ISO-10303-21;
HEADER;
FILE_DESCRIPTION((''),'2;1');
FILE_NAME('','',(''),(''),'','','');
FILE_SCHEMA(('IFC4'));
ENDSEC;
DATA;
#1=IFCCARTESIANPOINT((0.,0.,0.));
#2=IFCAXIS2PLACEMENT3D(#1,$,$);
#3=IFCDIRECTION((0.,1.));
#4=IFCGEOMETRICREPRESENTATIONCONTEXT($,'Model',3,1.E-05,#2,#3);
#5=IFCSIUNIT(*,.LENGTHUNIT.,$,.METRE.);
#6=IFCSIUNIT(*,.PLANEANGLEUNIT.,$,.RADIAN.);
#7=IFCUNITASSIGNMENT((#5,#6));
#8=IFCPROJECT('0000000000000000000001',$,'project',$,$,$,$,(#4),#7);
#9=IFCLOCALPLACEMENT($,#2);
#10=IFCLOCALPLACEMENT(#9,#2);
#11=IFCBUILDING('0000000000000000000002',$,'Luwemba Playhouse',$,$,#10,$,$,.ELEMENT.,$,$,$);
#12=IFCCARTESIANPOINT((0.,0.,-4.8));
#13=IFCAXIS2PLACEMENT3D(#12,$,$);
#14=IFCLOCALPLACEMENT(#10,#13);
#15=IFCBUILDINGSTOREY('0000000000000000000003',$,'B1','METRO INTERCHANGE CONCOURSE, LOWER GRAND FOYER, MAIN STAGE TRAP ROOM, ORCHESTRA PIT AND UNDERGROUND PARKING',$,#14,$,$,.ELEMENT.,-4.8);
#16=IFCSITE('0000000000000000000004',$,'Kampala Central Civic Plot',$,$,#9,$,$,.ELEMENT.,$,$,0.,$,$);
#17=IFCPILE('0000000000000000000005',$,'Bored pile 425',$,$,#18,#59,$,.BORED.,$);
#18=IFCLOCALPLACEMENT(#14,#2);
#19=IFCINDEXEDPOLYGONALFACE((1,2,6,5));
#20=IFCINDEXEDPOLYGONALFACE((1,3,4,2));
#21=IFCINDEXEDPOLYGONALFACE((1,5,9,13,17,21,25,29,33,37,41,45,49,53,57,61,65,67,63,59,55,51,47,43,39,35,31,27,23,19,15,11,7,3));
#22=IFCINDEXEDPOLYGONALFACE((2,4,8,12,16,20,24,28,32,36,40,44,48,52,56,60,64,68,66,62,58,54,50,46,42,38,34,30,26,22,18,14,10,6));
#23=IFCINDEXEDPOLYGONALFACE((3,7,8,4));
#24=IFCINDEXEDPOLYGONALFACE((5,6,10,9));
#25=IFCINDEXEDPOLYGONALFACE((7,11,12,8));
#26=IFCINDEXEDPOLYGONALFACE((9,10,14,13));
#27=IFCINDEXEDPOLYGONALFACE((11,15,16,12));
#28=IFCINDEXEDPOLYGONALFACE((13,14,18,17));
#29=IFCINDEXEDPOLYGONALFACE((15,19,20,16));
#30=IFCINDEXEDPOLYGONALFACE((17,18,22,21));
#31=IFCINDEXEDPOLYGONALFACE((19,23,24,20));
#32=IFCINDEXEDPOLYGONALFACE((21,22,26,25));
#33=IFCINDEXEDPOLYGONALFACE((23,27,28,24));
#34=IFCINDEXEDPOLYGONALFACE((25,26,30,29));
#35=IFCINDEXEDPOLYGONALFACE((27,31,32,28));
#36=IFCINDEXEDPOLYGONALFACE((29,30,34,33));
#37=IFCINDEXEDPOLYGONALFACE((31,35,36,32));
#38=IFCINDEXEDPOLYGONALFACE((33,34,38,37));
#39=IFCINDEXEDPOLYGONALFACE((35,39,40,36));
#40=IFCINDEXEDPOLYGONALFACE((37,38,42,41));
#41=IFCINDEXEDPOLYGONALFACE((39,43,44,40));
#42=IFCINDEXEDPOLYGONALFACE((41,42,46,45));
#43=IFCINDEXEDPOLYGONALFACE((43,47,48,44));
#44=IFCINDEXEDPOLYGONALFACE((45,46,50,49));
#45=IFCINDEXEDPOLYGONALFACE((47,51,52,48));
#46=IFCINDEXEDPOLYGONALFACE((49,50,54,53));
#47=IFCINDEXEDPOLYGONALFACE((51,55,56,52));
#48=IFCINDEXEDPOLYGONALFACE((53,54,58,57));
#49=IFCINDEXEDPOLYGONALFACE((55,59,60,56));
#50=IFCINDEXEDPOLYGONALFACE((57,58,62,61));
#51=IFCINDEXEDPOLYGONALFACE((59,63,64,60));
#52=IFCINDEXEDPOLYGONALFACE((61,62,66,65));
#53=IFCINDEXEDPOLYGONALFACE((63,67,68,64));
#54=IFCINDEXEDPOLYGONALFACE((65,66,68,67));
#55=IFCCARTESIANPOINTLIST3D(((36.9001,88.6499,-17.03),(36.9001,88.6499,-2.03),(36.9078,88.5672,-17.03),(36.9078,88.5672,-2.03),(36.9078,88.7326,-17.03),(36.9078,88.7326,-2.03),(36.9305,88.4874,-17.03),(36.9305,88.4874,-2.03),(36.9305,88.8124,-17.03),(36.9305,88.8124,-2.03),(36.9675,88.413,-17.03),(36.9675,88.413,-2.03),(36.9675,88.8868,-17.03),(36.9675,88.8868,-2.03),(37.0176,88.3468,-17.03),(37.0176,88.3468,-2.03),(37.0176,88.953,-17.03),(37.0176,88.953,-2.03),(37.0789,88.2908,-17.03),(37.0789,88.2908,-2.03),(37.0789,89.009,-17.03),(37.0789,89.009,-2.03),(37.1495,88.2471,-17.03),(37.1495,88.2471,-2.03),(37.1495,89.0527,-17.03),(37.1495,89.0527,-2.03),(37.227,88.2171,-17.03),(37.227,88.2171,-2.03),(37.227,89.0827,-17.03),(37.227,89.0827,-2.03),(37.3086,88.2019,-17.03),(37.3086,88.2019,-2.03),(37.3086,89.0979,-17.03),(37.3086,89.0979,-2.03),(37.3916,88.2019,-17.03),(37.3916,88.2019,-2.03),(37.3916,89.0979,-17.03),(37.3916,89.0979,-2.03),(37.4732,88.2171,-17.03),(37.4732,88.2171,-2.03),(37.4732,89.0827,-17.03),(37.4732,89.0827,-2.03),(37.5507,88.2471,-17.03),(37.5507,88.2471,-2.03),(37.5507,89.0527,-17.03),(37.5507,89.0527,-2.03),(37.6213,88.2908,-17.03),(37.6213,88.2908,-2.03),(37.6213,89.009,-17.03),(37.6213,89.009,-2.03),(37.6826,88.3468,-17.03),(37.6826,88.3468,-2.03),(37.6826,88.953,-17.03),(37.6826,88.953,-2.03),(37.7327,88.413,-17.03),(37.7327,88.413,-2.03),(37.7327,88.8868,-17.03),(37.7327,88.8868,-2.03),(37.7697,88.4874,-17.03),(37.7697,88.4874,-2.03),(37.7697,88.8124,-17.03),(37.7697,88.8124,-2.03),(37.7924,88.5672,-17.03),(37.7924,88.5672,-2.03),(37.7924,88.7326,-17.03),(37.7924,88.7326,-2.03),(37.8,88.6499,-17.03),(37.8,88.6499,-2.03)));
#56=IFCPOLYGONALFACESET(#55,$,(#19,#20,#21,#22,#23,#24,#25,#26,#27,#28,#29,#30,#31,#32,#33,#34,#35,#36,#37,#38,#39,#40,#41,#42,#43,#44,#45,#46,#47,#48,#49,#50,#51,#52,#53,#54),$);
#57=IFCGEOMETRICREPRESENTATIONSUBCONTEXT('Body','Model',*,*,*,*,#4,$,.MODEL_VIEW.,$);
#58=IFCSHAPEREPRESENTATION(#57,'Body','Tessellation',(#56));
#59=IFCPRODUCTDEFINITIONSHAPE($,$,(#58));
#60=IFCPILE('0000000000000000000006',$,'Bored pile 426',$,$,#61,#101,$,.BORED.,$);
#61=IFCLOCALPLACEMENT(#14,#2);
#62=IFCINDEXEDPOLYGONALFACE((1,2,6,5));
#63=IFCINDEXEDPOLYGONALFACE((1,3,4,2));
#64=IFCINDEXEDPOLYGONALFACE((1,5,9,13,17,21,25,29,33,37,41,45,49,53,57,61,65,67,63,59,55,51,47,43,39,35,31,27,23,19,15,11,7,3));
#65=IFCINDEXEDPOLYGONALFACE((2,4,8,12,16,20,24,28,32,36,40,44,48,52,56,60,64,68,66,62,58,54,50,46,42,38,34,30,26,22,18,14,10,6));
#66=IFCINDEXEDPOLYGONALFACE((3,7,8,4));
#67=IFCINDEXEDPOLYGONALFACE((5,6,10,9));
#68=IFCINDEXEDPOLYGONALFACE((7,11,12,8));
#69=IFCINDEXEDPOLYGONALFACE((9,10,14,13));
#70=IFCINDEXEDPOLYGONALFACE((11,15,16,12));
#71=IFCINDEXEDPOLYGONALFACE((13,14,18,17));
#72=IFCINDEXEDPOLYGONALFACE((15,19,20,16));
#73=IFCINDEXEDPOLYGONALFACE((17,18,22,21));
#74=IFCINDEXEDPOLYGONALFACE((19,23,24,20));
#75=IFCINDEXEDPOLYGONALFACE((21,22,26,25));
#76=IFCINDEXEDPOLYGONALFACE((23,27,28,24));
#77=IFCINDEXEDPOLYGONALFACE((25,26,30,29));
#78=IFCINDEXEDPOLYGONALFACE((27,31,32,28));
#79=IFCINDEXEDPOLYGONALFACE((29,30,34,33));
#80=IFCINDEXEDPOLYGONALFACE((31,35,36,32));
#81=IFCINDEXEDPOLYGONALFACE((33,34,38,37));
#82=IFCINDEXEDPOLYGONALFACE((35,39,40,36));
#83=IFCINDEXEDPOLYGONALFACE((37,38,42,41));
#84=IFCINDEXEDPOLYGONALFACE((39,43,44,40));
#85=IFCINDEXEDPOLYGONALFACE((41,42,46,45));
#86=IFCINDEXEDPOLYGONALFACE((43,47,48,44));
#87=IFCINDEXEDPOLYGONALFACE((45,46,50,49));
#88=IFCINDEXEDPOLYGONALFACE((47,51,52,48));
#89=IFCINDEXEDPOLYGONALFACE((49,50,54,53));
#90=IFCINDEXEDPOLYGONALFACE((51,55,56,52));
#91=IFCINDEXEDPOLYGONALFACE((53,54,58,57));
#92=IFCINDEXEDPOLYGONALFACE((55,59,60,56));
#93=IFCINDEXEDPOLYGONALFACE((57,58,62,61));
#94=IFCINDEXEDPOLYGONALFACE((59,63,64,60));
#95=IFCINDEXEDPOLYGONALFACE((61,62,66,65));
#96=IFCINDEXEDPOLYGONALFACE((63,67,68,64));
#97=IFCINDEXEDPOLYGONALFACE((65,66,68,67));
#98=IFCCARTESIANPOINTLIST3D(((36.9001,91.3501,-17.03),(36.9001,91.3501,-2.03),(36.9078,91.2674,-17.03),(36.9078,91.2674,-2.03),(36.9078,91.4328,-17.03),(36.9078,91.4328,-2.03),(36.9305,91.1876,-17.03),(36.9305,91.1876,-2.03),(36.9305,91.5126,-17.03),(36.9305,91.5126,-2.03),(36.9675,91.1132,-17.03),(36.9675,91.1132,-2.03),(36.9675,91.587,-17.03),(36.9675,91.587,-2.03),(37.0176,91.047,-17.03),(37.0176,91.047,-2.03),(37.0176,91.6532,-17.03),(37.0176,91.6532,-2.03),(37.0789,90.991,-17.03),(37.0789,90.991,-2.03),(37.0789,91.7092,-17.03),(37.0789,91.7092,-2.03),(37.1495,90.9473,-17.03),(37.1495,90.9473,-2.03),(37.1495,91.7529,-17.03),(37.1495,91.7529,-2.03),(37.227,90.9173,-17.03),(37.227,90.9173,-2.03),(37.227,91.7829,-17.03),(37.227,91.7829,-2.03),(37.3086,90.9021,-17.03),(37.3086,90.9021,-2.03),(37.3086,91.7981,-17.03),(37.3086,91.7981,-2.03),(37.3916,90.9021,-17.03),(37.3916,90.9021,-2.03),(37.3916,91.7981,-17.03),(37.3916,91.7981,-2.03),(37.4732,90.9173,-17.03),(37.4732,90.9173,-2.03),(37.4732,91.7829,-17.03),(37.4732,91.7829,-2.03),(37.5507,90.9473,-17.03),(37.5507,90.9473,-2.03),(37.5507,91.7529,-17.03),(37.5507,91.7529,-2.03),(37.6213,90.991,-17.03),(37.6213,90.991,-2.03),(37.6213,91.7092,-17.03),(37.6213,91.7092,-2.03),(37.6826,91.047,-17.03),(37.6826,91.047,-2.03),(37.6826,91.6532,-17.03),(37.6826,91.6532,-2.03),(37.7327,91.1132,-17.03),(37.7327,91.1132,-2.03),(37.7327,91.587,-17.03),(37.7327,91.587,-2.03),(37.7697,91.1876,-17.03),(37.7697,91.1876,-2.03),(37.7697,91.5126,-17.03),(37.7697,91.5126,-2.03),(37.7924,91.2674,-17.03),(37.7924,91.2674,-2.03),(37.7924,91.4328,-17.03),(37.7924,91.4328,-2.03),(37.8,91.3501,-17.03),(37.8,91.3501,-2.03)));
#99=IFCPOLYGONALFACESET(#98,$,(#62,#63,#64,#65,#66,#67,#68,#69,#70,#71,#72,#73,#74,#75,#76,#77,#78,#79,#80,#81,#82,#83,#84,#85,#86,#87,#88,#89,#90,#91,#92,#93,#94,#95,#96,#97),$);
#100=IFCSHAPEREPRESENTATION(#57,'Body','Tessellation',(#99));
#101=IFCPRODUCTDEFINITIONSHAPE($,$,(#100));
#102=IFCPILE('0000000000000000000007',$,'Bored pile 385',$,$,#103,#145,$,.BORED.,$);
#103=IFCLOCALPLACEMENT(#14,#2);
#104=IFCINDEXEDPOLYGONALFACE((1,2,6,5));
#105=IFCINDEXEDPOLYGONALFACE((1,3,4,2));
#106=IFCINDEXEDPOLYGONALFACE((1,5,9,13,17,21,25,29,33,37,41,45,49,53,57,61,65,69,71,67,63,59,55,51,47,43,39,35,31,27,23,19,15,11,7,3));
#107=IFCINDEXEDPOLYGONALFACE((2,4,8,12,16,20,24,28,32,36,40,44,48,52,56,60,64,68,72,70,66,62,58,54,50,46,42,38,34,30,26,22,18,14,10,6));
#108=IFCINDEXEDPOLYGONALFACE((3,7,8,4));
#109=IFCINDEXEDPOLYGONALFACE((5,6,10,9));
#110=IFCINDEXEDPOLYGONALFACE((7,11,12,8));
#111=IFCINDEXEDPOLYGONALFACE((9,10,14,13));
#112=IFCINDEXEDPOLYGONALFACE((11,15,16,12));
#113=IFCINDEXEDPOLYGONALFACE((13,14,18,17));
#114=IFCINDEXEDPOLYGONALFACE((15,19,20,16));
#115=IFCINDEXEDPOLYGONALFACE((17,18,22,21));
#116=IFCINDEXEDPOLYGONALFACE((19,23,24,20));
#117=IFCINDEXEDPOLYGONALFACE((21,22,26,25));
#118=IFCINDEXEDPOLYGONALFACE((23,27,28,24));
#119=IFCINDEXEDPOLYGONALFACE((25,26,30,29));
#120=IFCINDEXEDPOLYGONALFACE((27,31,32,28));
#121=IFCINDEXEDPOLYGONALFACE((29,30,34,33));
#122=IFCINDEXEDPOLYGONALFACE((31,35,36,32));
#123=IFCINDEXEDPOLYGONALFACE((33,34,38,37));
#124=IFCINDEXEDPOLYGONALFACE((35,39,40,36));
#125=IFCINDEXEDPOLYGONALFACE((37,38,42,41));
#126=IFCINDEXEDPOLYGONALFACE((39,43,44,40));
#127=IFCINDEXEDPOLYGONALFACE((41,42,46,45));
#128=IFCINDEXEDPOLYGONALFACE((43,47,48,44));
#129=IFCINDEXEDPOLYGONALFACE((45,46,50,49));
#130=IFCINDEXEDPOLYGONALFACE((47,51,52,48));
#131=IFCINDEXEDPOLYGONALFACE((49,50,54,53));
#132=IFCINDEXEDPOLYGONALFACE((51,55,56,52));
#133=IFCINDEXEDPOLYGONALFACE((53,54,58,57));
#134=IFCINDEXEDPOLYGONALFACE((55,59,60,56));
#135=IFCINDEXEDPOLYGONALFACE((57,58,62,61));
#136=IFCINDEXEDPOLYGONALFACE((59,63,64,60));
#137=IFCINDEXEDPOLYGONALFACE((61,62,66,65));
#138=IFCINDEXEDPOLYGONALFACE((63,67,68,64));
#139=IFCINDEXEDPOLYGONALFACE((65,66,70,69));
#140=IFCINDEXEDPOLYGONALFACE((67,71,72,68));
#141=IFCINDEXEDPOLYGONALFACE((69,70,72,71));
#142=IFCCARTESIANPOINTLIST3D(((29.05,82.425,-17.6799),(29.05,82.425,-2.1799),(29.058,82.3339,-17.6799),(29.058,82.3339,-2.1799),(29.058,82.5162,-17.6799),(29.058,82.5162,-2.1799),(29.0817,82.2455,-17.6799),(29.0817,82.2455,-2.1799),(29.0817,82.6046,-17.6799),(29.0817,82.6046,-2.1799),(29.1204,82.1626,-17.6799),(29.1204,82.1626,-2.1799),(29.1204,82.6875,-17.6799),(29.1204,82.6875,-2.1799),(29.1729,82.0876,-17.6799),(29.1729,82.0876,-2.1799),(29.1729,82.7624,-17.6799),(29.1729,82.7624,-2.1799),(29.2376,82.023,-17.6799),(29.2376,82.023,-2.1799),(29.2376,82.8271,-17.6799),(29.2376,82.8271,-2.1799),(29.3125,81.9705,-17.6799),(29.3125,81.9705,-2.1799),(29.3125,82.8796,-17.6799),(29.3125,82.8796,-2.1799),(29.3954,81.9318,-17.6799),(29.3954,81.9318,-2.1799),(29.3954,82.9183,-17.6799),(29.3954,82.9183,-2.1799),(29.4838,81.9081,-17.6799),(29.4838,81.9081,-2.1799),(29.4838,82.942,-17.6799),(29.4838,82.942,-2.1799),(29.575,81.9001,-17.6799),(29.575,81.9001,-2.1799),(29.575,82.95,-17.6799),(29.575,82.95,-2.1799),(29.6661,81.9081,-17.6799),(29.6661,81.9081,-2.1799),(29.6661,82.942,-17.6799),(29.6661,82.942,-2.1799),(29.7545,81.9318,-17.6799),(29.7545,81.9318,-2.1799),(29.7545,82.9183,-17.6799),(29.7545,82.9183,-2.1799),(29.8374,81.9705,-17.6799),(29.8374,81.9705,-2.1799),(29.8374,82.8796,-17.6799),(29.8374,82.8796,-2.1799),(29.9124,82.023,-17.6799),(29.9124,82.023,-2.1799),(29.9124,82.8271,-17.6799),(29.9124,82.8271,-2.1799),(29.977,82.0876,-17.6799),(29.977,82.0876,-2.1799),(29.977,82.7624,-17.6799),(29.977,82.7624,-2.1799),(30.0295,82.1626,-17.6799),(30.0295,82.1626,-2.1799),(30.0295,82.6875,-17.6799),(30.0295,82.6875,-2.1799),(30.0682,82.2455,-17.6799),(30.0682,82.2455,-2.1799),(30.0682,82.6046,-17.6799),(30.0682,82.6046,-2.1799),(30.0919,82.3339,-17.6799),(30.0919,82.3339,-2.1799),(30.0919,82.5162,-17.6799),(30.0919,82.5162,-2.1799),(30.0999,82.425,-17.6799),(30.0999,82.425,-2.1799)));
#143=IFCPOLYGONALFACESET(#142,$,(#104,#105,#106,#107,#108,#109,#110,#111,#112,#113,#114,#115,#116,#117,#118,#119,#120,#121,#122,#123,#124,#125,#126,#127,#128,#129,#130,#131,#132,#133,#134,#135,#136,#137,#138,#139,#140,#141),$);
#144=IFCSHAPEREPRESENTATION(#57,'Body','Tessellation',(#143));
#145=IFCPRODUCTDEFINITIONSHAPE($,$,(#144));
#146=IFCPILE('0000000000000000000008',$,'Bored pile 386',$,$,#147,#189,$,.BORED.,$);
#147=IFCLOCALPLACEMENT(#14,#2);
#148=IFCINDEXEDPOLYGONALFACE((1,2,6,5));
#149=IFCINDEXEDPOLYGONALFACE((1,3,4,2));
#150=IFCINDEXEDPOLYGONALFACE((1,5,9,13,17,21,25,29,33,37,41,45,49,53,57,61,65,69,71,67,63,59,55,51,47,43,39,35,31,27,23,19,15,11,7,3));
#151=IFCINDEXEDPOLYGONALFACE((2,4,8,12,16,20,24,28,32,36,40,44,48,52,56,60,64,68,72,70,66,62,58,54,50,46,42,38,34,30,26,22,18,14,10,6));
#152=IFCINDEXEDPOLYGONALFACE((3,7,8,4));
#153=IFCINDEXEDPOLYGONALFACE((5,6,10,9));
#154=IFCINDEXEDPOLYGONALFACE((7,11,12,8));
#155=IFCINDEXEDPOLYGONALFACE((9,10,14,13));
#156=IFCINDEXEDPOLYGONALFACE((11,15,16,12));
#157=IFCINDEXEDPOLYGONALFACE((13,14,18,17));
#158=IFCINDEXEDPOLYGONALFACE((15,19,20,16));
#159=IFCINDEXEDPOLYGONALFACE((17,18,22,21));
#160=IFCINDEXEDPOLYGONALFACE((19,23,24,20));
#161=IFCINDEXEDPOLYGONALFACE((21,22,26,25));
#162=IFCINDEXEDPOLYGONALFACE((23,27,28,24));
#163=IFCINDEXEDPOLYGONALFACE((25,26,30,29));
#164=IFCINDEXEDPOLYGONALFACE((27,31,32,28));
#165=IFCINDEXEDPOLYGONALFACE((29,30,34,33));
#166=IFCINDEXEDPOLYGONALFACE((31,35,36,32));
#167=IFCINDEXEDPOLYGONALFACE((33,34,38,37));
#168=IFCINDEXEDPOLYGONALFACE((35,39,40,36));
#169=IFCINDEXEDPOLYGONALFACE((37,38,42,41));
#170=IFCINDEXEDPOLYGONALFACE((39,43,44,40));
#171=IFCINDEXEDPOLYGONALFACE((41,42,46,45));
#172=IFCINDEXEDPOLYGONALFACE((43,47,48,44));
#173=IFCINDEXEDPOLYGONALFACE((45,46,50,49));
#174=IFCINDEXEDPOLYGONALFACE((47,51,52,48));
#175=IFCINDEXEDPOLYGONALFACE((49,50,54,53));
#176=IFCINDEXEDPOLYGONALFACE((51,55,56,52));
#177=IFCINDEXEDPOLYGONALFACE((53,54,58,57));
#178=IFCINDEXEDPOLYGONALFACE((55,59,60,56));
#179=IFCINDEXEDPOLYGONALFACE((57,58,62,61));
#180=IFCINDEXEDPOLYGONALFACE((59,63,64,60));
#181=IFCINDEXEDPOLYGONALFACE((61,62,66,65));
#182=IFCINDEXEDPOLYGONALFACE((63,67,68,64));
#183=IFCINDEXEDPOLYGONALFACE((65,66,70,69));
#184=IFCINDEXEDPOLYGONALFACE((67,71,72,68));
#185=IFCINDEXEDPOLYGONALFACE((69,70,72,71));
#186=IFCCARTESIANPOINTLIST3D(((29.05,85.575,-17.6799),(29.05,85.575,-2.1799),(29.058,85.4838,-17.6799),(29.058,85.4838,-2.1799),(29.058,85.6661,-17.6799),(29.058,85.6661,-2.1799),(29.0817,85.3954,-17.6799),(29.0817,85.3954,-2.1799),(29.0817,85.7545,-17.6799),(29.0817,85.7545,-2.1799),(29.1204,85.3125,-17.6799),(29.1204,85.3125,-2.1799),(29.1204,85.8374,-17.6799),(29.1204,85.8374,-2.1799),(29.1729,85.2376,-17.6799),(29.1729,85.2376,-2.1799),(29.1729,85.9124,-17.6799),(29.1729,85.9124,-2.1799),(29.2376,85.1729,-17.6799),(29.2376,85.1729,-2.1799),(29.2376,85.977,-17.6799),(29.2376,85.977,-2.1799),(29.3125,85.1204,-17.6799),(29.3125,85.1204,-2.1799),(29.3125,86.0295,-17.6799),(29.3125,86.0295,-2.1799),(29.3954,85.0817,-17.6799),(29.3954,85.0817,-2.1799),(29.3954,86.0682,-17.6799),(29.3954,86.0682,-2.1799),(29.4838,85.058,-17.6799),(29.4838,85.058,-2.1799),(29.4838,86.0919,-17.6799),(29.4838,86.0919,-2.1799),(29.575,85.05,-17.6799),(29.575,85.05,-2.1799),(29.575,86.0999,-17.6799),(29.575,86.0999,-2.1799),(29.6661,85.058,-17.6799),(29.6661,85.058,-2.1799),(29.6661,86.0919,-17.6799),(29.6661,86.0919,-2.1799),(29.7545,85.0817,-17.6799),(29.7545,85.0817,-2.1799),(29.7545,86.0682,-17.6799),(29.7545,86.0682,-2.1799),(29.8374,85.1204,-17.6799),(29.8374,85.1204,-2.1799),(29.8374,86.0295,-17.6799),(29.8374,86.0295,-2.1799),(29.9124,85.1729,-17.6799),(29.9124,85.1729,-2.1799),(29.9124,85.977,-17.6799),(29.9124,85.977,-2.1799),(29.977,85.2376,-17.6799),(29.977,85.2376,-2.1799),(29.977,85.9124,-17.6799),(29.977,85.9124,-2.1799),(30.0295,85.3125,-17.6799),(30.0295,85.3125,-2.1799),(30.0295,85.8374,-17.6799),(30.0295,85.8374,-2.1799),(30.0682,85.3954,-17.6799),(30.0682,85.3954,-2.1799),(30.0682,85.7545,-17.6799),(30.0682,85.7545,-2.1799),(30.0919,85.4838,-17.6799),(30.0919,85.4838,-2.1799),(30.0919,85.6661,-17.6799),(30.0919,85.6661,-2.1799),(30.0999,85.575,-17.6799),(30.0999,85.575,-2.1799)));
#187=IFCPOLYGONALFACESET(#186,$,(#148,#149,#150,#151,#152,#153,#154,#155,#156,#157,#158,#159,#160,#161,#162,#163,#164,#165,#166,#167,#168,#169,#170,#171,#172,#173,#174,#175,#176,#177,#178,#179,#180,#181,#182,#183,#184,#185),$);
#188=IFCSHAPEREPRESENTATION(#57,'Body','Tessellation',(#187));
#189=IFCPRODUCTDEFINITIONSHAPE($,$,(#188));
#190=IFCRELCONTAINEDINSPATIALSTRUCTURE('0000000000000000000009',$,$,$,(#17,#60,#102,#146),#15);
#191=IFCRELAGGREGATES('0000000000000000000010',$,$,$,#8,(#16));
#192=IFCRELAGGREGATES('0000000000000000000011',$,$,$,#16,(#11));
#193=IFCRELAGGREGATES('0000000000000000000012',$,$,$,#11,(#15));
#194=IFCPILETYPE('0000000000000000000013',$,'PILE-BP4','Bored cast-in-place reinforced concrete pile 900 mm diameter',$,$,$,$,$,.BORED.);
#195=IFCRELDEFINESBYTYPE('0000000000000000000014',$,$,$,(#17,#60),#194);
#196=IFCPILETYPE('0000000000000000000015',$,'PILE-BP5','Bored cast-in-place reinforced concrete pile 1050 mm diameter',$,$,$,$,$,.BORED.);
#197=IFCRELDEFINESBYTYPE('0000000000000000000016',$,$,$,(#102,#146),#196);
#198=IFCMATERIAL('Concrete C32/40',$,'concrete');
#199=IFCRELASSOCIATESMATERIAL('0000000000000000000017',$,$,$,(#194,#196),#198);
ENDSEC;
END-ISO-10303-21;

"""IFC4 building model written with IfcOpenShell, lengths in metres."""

from ifc_helpers import new_model, si_unit, direction, frame, origin, origin_2d, place, context, subcontext, project, spatial, circle, extrude, material, material_profile, profile_set, type_object, element, save


model = new_model("IFC4")

# Units and contexts
model_context = context("Model", 3, precision=1e-05, world=origin(), true_north=direction((0.0, 1.0)))
body_context = subcontext(model_context, "Body", "Model", "MODEL_VIEW")
ifc_project = project(units=[si_unit("LENGTHUNIT", "METRE"), si_unit("PLANEANGLEUNIT", "RADIAN")], contexts=[model_context])

# Site, building, storey
site_placement = place(None, origin())
site = spatial("IfcSite", under=ifc_project, at=site_placement, Name="Kampala Central Civic Plot", CompositionType="ELEMENT", RefElevation=0.0)
building_placement = place(site_placement, origin())
building = spatial("IfcBuilding", under=site, at=building_placement, Name="Luwemba Playhouse", CompositionType="ELEMENT")
storey_placement = place(building_placement, frame((0.0, 0.0, -4.8)))
storey = spatial("IfcBuildingStorey", under=building, at=storey_placement, Name="B1", Description="METRO INTERCHANGE CONCOURSE, LOWER GRAND FOYER, MAIN STAGE TRAP ROOM, ORCHESTRA PIT AND UNDERGROUND PARKING", CompositionType="ELEMENT", Elevation=-4.8)

# Shared definitions
ifc_material_1 = material(Name="Concrete C32/40", Category="concrete")

# Piles
ifc_material_profile_1 = material_profile(ifc_material_1, circle(Radius=0.45, at=origin_2d()))
ifc_profile_set_1 = profile_set([ifc_material_profile_1], Name="Concrete C32/40")
pile_type_1 = type_object("IfcPileType", Name="PILE-BP4", Description="Bored cast-in-place reinforced concrete pile 900 mm diameter", PredefinedType="BORED", material=ifc_profile_set_1)
for number, where, z_axis, x_axis, name in (
    (1, (37.3501, 88.6499, -2.03), (0.0, 0.0, -1.0), (1.0, 0.0, 0.0), "Bored pile 425"),
    (2, (37.3501, 91.3501, -2.03), (0.0, 0.0, -1.0), (1.0, 0.0, 0.0), "Bored pile 426"),
):
    element("IfcPile", number, at=place(storey_placement, frame(where, z_axis=z_axis, x_axis=x_axis)), inside=storey, type_object=pile_type_1, Name=name, PredefinedType="BORED", context=body_context, shape_type="SweptSolid", body=[
        extrude(circle(Radius=0.45, at=origin_2d()), origin(), (0.0, 0.0, 1.0), 15.0),
    ])
ifc_material_profile_2 = material_profile(ifc_material_1, circle(Radius=0.5249, at=origin_2d()))
ifc_profile_set_2 = profile_set([ifc_material_profile_2], Name="Concrete C32/40")
pile_type_2 = type_object("IfcPileType", Name="PILE-BP5", Description="Bored cast-in-place reinforced concrete pile 1050 mm diameter", PredefinedType="BORED", material=ifc_profile_set_2)
for number, where, z_axis, x_axis, name in (
    (3, (29.575, 82.425, -2.1799), (0.0, 0.0, -1.0), (1.0, 0.0, 0.0), "Bored pile 385"),
    (4, (29.575, 85.575, -2.1799), (0.0, 0.0, -1.0), (1.0, 0.0, 0.0), "Bored pile 386"),
):
    element("IfcPile", number, at=place(storey_placement, frame(where, z_axis=z_axis, x_axis=x_axis)), inside=storey, type_object=pile_type_2, Name=name, PredefinedType="BORED", context=body_context, shape_type="SweptSolid", body=[
        extrude(circle(Radius=0.5249, at=origin_2d()), origin(), (0.0, 0.0, 1.0), 15.5),
    ])

save(model, "model.ifc")
